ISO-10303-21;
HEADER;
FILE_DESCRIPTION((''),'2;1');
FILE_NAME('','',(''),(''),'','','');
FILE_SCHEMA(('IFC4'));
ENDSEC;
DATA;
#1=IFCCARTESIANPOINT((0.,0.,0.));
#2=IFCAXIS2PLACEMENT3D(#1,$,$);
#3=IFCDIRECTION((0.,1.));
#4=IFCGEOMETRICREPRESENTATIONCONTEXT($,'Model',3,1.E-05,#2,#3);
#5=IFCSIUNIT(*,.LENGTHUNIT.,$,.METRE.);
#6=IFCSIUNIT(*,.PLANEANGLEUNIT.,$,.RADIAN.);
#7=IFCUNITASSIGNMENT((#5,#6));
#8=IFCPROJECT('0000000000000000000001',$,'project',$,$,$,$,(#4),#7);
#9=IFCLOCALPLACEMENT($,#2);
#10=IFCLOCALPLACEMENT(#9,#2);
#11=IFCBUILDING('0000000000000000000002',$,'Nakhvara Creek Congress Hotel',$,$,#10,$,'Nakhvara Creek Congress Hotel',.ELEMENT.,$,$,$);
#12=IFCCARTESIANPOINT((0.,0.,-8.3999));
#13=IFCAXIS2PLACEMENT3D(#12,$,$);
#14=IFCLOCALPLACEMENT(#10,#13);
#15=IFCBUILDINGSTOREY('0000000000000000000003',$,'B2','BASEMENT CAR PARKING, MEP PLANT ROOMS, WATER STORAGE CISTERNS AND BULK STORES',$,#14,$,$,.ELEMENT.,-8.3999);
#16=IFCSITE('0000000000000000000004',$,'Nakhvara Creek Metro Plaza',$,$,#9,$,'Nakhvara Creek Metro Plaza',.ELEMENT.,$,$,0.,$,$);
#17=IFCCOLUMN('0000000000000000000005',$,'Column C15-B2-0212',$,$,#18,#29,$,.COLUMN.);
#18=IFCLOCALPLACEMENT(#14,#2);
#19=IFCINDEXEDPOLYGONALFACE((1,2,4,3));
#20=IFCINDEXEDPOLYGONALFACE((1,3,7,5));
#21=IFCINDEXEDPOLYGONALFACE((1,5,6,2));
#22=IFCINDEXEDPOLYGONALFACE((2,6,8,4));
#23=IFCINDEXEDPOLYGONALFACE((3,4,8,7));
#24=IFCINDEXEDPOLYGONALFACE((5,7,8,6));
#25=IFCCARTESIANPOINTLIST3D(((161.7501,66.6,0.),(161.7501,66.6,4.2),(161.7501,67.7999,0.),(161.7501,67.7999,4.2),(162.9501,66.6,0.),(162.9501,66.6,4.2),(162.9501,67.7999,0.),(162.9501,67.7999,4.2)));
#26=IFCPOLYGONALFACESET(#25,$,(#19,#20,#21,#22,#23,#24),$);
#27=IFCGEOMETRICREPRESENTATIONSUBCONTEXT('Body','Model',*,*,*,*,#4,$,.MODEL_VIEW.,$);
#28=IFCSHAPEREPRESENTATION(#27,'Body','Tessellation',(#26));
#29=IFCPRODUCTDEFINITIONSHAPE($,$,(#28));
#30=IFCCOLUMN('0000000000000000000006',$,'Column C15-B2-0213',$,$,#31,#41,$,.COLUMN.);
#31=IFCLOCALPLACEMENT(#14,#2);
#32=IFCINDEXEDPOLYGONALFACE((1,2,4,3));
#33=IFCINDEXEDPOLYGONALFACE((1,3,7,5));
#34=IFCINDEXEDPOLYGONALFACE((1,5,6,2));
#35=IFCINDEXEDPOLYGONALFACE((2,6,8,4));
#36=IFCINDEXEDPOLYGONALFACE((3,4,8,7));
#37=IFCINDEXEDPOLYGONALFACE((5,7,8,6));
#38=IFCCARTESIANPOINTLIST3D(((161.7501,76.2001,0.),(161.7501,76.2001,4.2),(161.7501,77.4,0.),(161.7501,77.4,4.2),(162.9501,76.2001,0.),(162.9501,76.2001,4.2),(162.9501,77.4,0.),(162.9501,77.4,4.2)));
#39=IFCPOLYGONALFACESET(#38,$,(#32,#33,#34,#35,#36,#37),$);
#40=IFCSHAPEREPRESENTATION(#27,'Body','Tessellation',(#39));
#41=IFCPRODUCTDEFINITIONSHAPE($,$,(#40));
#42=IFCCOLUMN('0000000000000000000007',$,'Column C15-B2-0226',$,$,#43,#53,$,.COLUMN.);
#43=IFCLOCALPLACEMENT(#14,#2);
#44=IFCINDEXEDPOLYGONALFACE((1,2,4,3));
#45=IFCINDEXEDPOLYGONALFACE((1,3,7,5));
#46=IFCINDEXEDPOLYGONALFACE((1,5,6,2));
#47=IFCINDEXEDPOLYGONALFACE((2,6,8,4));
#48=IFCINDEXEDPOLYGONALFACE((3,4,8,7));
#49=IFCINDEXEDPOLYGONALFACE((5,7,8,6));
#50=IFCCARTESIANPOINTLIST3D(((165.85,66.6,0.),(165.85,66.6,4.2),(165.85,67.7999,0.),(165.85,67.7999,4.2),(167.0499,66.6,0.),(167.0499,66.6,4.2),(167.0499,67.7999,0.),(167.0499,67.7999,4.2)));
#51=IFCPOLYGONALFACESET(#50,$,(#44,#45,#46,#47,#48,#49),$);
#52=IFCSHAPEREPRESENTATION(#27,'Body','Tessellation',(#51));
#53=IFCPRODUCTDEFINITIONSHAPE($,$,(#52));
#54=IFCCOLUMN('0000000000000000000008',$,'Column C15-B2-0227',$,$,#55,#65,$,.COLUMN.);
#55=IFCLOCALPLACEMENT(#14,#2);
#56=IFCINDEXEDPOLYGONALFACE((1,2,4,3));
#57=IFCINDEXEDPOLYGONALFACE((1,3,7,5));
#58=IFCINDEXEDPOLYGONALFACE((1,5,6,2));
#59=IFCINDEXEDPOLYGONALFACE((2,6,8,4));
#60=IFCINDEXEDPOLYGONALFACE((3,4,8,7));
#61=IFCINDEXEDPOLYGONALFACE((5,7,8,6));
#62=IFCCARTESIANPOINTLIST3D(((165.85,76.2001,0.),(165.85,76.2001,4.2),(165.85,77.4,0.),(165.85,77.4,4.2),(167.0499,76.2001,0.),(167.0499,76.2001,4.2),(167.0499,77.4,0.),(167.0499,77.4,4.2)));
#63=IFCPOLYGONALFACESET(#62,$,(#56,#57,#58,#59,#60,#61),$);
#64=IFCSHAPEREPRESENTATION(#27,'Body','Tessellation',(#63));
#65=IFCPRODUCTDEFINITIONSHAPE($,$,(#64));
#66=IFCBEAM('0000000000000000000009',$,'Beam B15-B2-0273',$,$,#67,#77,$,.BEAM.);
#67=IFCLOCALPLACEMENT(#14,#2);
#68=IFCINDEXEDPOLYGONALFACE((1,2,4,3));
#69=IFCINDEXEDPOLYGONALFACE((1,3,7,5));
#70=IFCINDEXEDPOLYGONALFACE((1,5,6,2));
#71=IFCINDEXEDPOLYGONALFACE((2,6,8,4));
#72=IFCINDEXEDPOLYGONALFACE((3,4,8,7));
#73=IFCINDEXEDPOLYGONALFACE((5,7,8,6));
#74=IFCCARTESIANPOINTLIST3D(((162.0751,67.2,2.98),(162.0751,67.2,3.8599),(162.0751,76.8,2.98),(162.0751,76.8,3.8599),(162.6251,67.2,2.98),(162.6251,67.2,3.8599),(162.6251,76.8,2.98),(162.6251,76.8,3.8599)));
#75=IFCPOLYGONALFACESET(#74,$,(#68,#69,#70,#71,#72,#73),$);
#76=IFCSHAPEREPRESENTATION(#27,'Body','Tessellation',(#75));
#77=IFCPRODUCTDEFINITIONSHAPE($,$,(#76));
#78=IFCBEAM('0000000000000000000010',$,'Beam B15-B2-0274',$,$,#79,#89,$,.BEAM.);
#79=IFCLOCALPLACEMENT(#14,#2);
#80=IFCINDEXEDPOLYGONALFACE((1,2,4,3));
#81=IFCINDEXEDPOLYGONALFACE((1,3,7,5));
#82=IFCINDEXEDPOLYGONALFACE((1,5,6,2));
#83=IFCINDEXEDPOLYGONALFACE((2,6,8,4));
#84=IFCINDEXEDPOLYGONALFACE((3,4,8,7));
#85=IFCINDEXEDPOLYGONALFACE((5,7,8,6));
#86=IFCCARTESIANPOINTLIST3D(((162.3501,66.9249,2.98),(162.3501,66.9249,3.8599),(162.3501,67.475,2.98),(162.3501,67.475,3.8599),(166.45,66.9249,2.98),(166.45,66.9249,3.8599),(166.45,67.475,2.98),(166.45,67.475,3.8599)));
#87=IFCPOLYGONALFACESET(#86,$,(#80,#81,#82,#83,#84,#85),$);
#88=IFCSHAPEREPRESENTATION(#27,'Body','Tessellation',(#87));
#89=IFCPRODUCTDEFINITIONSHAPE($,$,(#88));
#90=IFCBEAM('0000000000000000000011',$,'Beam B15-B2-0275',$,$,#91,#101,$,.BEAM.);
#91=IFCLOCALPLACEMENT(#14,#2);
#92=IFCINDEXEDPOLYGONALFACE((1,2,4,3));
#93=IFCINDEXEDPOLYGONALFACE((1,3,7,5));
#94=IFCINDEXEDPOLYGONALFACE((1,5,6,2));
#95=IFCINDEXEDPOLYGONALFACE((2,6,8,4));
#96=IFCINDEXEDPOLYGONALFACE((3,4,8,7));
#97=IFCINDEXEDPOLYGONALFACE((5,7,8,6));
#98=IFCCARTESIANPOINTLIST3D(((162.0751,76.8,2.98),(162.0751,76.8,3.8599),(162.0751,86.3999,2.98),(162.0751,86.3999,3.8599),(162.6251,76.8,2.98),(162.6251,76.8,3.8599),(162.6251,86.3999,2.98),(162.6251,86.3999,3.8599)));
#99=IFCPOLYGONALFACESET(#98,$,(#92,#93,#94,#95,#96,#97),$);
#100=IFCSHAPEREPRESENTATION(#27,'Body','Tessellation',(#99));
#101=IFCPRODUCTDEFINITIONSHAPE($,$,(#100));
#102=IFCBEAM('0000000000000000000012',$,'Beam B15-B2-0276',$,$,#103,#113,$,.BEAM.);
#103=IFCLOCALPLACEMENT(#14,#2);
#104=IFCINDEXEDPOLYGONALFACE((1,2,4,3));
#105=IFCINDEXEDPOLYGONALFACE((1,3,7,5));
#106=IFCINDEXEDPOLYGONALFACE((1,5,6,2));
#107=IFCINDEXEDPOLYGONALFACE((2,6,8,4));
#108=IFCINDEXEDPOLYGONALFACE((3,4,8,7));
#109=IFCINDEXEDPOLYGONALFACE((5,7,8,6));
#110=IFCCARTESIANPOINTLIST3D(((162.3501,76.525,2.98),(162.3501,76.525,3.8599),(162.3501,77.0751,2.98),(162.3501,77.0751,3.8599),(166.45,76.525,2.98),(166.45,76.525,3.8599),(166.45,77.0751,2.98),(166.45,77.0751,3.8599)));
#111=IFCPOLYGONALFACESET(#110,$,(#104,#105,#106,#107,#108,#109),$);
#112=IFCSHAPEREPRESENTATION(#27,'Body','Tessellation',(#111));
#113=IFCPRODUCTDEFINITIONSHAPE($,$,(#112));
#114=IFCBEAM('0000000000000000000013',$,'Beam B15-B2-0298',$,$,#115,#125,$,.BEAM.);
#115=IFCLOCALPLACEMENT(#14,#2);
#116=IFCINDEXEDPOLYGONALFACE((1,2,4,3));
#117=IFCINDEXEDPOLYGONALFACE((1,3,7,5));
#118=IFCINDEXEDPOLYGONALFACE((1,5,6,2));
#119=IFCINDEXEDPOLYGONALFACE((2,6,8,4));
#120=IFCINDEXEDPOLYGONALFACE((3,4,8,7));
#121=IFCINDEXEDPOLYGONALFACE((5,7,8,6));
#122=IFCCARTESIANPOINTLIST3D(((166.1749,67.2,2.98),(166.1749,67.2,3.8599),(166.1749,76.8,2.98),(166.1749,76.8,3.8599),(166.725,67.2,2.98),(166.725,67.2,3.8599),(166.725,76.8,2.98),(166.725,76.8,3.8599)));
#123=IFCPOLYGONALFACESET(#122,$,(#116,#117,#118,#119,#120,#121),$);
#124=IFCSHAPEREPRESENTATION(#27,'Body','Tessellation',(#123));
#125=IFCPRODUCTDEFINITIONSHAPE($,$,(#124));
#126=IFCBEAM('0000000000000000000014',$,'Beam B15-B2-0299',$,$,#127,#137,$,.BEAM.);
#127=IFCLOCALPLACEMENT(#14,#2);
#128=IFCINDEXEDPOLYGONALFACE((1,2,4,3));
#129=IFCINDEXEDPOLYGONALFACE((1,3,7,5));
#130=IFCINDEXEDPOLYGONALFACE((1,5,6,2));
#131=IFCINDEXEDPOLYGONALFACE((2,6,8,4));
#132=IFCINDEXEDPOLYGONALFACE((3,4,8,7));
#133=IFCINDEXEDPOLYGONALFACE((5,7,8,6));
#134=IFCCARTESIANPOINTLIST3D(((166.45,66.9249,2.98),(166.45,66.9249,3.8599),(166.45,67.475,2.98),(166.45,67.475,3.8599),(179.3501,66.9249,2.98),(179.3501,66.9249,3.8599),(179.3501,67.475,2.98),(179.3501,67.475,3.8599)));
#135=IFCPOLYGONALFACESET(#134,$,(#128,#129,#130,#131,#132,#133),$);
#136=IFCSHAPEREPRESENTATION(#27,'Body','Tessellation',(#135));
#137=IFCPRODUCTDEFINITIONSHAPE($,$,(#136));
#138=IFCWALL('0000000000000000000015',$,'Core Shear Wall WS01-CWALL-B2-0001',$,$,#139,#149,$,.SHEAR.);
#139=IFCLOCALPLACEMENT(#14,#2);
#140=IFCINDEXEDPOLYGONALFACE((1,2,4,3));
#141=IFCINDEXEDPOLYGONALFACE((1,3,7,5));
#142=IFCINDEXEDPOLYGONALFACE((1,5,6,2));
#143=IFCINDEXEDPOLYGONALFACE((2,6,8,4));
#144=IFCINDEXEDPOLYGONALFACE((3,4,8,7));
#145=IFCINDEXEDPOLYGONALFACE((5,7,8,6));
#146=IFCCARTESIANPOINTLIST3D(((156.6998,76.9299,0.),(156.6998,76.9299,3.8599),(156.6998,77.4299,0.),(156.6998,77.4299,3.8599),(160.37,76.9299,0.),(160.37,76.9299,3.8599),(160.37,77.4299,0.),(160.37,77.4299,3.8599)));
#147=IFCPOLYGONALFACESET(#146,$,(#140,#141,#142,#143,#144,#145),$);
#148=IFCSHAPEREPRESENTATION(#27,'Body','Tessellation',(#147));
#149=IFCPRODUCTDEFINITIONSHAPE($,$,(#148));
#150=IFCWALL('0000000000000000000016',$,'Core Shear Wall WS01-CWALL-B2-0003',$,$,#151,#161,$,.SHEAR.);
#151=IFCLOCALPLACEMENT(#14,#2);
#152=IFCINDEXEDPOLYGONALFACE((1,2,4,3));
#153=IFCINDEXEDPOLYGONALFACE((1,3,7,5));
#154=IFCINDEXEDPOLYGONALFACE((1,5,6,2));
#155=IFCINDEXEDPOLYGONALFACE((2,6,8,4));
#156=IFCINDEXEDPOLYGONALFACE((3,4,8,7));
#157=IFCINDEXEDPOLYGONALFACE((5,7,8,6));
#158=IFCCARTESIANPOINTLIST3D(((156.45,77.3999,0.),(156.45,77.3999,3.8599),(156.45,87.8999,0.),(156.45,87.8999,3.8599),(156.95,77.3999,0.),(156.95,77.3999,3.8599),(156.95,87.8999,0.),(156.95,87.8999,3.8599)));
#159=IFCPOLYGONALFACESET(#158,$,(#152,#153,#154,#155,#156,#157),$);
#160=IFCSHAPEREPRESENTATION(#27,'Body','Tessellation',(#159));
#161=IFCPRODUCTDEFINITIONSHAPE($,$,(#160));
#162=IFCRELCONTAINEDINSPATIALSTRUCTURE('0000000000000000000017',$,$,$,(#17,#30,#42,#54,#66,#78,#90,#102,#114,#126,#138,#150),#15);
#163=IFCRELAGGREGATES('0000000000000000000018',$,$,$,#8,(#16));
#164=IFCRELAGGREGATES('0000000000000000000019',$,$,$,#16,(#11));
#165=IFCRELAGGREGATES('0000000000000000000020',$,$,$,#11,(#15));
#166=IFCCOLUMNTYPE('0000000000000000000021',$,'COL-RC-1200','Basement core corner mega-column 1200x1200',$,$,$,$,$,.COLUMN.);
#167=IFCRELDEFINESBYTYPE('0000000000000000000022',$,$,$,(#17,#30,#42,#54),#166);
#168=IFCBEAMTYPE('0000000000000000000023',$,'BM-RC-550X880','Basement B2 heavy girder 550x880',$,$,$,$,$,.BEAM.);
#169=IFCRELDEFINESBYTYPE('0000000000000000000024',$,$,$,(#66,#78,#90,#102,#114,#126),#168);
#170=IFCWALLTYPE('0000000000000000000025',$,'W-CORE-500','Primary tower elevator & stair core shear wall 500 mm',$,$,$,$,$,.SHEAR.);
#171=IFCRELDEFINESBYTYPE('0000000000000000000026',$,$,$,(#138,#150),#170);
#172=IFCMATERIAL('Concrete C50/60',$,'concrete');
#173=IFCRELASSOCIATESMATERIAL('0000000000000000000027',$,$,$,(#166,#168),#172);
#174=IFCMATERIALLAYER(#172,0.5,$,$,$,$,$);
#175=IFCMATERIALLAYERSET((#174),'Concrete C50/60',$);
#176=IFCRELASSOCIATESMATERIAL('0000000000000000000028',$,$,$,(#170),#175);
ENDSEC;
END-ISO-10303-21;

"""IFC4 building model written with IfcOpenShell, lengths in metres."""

from ifc_helpers import new_model, si_unit, direction, frame, frame_2d, origin, origin_2d, place, context, subcontext, project, spatial, rectangle, extrude, material, layer, layer_set, material_profile, profile_set, type_object, element, save


model = new_model("IFC4")

# Units and contexts
model_context = context("Model", 3, precision=1e-05, world=origin(), true_north=direction((0.0, 1.0)))
body_context = subcontext(model_context, "Body", "Model", "MODEL_VIEW")
ifc_project = project(units=[si_unit("LENGTHUNIT", "METRE"), si_unit("PLANEANGLEUNIT", "RADIAN")], contexts=[model_context])

# Site, building, storey
site_placement = place(None, origin())
site = spatial("IfcSite", under=ifc_project, at=site_placement, Name="Nakhvara Creek Metro Plaza", LongName="Nakhvara Creek Metro Plaza", CompositionType="ELEMENT", RefElevation=0.0)
building_placement = place(site_placement, origin())
building = spatial("IfcBuilding", under=site, at=building_placement, Name="Nakhvara Creek Congress Hotel", LongName="Nakhvara Creek Congress Hotel", CompositionType="ELEMENT")
storey_placement = place(building_placement, frame((0.0, 0.0, -8.3999)))
storey = spatial("IfcBuildingStorey", under=building, at=storey_placement, Name="B2", Description="BASEMENT CAR PARKING, MEP PLANT ROOMS, WATER STORAGE CISTERNS AND BULK STORES", CompositionType="ELEMENT", Elevation=-8.3999)

# Columns
ifc_material_1 = material(Name="Concrete C50/60", Category="concrete")
ifc_material_profile_1 = material_profile(ifc_material_1, rectangle(XDim=1.2, YDim=1.2, at=origin_2d()), Name="RC-COL 1200x1200", Category="LoadBearing")
ifc_profile_set_1 = profile_set([ifc_material_profile_1], Name="Concrete C50/60")
column_type = type_object("IfcColumnType", Name="COL-RC-1200", Description="Basement core corner mega-column 1200x1200", PredefinedType="COLUMN", material=ifc_profile_set_1)
for number, where, z_axis, x_axis, name in (
    (1, (162.3501, 67.2, 0.0), (0.0, 0.0, 1.0), (1.0, 0.0, 0.0), "Column C15-B2-0212"),
    (2, (162.3501, 76.8, 0.0), (0.0, 0.0, 1.0), (1.0, 0.0, 0.0), "Column C15-B2-0213"),
    (3, (166.45, 67.2, 0.0), (0.0, 0.0, 1.0), (1.0, 0.0, 0.0), "Column C15-B2-0226"),
    (4, (166.45, 76.8, 0.0), (0.0, 0.0, 1.0), (1.0, 0.0, 0.0), "Column C15-B2-0227"),
):
    element("IfcColumn", number, at=place(storey_placement, frame(where, z_axis=z_axis, x_axis=x_axis)), inside=storey, type_object=column_type, Name=name, PredefinedType="COLUMN", context=body_context, shape_type="SweptSolid", body=[
        extrude(rectangle(XDim=1.2, YDim=1.2, at=origin_2d()), origin(), (0.0, 0.0, 1.0), 4.2),
    ])

# Beams
ifc_material_profile_2 = material_profile(ifc_material_1, rectangle(XDim=0.55, YDim=0.8799, at=origin_2d()), Name="RC-BM 550x880", Category="LoadBearing")
ifc_profile_set_2 = profile_set([ifc_material_profile_2], Name="Concrete C50/60")
beam_type = type_object("IfcBeamType", Name="BM-RC-550X880", Description="Basement B2 heavy girder 550x880", PredefinedType="BEAM", material=ifc_profile_set_2)
beam_1_placement = place(storey_placement, frame((162.3501, 67.2, 3.4199), z_axis=(0.0, 1.0, 0.0), x_axis=(-1.0, 0.0, 0.0)))
element("IfcBeam", 5, at=beam_1_placement, inside=storey, type_object=beam_type, Name="Beam B15-B2-0273", PredefinedType="BEAM", context=body_context, shape_type="SweptSolid", body=[
    extrude(rectangle(XDim=0.55, YDim=0.8799, at=origin_2d()), origin(), (0.0, 0.0, 1.0), 9.6001),
])
beam_2_placement = place(storey_placement, frame((162.3501, 67.2, 3.4199), z_axis=(1.0, 0.0, 0.0), x_axis=(0.0, 1.0, 0.0)))
element("IfcBeam", 6, at=beam_2_placement, inside=storey, type_object=beam_type, Name="Beam B15-B2-0274", PredefinedType="BEAM", context=body_context, shape_type="SweptSolid", body=[
    extrude(rectangle(XDim=0.55, YDim=0.8799, at=origin_2d()), origin(), (0.0, 0.0, 1.0), 4.0999),
])
beam_3_placement = place(storey_placement, frame((162.3501, 76.8, 3.4199), z_axis=(0.0, 1.0, 0.0), x_axis=(-1.0, 0.0, 0.0)))
element("IfcBeam", 7, at=beam_3_placement, inside=storey, type_object=beam_type, Name="Beam B15-B2-0275", PredefinedType="BEAM", context=body_context, shape_type="SweptSolid", body=[
    extrude(rectangle(XDim=0.55, YDim=0.8799, at=origin_2d()), origin(), (0.0, 0.0, 1.0), 9.5999),
])
beam_4_placement = place(storey_placement, frame((162.3501, 76.8, 3.4199), z_axis=(1.0, 0.0, 0.0), x_axis=(0.0, 1.0, 0.0)))
element("IfcBeam", 8, at=beam_4_placement, inside=storey, type_object=beam_type, Name="Beam B15-B2-0276", PredefinedType="BEAM", context=body_context, shape_type="SweptSolid", body=[
    extrude(rectangle(XDim=0.55, YDim=0.8799, at=origin_2d()), origin(), (0.0, 0.0, 1.0), 4.0999),
])
beam_5_placement = place(storey_placement, frame((166.45, 67.2, 3.4199), z_axis=(0.0, 1.0, 0.0), x_axis=(-1.0, 0.0, 0.0)))
element("IfcBeam", 9, at=beam_5_placement, inside=storey, type_object=beam_type, Name="Beam B15-B2-0298", PredefinedType="BEAM", context=body_context, shape_type="SweptSolid", body=[
    extrude(rectangle(XDim=0.55, YDim=0.8799, at=origin_2d()), origin(), (0.0, 0.0, 1.0), 9.6001),
])
beam_6_placement = place(storey_placement, frame((166.45, 67.2, 3.4199), z_axis=(1.0, 0.0, 0.0), x_axis=(0.0, 1.0, 0.0)))
element("IfcBeam", 10, at=beam_6_placement, inside=storey, type_object=beam_type, Name="Beam B15-B2-0299", PredefinedType="BEAM", context=body_context, shape_type="SweptSolid", body=[
    extrude(rectangle(XDim=0.55, YDim=0.8799, at=origin_2d()), origin(), (0.0, 0.0, 1.0), 12.9001),
])

# Walls
ifc_layer_1 = layer(ifc_material_1, 0.5)
ifc_layer_set_1 = layer_set([ifc_layer_1], Name="Concrete C50/60")
wall_type_1 = type_object("IfcWallType", Name="W-CORE-500", Description="Primary tower elevator & stair core shear wall 500 mm", PredefinedType="SHEAR", material=ifc_layer_set_1)
wall_1_placement = place(storey_placement, frame((156.7, 77.1799, 0.0), z_axis=(0.0, 0.0, 1.0), x_axis=(1.0, 0.0, 0.0)))
element("IfcWall", 11, at=wall_1_placement, inside=storey, type_object=wall_type_1, Name="Core Shear Wall WS01-CWALL-B2-0001", PredefinedType="SHEAR", context=body_context, shape_type="SweptSolid", body=[
    extrude(rectangle(XDim=3.6702, YDim=0.5, at=frame_2d((1.835, 0.0))), origin(), (0.0, 0.0, 1.0), 3.8599),
])
wall_2_placement = place(storey_placement, frame((156.7, 77.3999, 0.0), z_axis=(0.0, 0.0, 1.0), x_axis=(0.0, 1.0, 0.0)))
element("IfcWall", 12, at=wall_2_placement, inside=storey, type_object=wall_type_1, Name="Core Shear Wall WS01-CWALL-B2-0003", PredefinedType="SHEAR", context=body_context, shape_type="SweptSolid", body=[
    extrude(rectangle(XDim=10.5, YDim=0.5, at=frame_2d((5.25, 0.0))), origin(), (0.0, 0.0, 1.0), 3.8599),
])

save(model, "model.ifc")
